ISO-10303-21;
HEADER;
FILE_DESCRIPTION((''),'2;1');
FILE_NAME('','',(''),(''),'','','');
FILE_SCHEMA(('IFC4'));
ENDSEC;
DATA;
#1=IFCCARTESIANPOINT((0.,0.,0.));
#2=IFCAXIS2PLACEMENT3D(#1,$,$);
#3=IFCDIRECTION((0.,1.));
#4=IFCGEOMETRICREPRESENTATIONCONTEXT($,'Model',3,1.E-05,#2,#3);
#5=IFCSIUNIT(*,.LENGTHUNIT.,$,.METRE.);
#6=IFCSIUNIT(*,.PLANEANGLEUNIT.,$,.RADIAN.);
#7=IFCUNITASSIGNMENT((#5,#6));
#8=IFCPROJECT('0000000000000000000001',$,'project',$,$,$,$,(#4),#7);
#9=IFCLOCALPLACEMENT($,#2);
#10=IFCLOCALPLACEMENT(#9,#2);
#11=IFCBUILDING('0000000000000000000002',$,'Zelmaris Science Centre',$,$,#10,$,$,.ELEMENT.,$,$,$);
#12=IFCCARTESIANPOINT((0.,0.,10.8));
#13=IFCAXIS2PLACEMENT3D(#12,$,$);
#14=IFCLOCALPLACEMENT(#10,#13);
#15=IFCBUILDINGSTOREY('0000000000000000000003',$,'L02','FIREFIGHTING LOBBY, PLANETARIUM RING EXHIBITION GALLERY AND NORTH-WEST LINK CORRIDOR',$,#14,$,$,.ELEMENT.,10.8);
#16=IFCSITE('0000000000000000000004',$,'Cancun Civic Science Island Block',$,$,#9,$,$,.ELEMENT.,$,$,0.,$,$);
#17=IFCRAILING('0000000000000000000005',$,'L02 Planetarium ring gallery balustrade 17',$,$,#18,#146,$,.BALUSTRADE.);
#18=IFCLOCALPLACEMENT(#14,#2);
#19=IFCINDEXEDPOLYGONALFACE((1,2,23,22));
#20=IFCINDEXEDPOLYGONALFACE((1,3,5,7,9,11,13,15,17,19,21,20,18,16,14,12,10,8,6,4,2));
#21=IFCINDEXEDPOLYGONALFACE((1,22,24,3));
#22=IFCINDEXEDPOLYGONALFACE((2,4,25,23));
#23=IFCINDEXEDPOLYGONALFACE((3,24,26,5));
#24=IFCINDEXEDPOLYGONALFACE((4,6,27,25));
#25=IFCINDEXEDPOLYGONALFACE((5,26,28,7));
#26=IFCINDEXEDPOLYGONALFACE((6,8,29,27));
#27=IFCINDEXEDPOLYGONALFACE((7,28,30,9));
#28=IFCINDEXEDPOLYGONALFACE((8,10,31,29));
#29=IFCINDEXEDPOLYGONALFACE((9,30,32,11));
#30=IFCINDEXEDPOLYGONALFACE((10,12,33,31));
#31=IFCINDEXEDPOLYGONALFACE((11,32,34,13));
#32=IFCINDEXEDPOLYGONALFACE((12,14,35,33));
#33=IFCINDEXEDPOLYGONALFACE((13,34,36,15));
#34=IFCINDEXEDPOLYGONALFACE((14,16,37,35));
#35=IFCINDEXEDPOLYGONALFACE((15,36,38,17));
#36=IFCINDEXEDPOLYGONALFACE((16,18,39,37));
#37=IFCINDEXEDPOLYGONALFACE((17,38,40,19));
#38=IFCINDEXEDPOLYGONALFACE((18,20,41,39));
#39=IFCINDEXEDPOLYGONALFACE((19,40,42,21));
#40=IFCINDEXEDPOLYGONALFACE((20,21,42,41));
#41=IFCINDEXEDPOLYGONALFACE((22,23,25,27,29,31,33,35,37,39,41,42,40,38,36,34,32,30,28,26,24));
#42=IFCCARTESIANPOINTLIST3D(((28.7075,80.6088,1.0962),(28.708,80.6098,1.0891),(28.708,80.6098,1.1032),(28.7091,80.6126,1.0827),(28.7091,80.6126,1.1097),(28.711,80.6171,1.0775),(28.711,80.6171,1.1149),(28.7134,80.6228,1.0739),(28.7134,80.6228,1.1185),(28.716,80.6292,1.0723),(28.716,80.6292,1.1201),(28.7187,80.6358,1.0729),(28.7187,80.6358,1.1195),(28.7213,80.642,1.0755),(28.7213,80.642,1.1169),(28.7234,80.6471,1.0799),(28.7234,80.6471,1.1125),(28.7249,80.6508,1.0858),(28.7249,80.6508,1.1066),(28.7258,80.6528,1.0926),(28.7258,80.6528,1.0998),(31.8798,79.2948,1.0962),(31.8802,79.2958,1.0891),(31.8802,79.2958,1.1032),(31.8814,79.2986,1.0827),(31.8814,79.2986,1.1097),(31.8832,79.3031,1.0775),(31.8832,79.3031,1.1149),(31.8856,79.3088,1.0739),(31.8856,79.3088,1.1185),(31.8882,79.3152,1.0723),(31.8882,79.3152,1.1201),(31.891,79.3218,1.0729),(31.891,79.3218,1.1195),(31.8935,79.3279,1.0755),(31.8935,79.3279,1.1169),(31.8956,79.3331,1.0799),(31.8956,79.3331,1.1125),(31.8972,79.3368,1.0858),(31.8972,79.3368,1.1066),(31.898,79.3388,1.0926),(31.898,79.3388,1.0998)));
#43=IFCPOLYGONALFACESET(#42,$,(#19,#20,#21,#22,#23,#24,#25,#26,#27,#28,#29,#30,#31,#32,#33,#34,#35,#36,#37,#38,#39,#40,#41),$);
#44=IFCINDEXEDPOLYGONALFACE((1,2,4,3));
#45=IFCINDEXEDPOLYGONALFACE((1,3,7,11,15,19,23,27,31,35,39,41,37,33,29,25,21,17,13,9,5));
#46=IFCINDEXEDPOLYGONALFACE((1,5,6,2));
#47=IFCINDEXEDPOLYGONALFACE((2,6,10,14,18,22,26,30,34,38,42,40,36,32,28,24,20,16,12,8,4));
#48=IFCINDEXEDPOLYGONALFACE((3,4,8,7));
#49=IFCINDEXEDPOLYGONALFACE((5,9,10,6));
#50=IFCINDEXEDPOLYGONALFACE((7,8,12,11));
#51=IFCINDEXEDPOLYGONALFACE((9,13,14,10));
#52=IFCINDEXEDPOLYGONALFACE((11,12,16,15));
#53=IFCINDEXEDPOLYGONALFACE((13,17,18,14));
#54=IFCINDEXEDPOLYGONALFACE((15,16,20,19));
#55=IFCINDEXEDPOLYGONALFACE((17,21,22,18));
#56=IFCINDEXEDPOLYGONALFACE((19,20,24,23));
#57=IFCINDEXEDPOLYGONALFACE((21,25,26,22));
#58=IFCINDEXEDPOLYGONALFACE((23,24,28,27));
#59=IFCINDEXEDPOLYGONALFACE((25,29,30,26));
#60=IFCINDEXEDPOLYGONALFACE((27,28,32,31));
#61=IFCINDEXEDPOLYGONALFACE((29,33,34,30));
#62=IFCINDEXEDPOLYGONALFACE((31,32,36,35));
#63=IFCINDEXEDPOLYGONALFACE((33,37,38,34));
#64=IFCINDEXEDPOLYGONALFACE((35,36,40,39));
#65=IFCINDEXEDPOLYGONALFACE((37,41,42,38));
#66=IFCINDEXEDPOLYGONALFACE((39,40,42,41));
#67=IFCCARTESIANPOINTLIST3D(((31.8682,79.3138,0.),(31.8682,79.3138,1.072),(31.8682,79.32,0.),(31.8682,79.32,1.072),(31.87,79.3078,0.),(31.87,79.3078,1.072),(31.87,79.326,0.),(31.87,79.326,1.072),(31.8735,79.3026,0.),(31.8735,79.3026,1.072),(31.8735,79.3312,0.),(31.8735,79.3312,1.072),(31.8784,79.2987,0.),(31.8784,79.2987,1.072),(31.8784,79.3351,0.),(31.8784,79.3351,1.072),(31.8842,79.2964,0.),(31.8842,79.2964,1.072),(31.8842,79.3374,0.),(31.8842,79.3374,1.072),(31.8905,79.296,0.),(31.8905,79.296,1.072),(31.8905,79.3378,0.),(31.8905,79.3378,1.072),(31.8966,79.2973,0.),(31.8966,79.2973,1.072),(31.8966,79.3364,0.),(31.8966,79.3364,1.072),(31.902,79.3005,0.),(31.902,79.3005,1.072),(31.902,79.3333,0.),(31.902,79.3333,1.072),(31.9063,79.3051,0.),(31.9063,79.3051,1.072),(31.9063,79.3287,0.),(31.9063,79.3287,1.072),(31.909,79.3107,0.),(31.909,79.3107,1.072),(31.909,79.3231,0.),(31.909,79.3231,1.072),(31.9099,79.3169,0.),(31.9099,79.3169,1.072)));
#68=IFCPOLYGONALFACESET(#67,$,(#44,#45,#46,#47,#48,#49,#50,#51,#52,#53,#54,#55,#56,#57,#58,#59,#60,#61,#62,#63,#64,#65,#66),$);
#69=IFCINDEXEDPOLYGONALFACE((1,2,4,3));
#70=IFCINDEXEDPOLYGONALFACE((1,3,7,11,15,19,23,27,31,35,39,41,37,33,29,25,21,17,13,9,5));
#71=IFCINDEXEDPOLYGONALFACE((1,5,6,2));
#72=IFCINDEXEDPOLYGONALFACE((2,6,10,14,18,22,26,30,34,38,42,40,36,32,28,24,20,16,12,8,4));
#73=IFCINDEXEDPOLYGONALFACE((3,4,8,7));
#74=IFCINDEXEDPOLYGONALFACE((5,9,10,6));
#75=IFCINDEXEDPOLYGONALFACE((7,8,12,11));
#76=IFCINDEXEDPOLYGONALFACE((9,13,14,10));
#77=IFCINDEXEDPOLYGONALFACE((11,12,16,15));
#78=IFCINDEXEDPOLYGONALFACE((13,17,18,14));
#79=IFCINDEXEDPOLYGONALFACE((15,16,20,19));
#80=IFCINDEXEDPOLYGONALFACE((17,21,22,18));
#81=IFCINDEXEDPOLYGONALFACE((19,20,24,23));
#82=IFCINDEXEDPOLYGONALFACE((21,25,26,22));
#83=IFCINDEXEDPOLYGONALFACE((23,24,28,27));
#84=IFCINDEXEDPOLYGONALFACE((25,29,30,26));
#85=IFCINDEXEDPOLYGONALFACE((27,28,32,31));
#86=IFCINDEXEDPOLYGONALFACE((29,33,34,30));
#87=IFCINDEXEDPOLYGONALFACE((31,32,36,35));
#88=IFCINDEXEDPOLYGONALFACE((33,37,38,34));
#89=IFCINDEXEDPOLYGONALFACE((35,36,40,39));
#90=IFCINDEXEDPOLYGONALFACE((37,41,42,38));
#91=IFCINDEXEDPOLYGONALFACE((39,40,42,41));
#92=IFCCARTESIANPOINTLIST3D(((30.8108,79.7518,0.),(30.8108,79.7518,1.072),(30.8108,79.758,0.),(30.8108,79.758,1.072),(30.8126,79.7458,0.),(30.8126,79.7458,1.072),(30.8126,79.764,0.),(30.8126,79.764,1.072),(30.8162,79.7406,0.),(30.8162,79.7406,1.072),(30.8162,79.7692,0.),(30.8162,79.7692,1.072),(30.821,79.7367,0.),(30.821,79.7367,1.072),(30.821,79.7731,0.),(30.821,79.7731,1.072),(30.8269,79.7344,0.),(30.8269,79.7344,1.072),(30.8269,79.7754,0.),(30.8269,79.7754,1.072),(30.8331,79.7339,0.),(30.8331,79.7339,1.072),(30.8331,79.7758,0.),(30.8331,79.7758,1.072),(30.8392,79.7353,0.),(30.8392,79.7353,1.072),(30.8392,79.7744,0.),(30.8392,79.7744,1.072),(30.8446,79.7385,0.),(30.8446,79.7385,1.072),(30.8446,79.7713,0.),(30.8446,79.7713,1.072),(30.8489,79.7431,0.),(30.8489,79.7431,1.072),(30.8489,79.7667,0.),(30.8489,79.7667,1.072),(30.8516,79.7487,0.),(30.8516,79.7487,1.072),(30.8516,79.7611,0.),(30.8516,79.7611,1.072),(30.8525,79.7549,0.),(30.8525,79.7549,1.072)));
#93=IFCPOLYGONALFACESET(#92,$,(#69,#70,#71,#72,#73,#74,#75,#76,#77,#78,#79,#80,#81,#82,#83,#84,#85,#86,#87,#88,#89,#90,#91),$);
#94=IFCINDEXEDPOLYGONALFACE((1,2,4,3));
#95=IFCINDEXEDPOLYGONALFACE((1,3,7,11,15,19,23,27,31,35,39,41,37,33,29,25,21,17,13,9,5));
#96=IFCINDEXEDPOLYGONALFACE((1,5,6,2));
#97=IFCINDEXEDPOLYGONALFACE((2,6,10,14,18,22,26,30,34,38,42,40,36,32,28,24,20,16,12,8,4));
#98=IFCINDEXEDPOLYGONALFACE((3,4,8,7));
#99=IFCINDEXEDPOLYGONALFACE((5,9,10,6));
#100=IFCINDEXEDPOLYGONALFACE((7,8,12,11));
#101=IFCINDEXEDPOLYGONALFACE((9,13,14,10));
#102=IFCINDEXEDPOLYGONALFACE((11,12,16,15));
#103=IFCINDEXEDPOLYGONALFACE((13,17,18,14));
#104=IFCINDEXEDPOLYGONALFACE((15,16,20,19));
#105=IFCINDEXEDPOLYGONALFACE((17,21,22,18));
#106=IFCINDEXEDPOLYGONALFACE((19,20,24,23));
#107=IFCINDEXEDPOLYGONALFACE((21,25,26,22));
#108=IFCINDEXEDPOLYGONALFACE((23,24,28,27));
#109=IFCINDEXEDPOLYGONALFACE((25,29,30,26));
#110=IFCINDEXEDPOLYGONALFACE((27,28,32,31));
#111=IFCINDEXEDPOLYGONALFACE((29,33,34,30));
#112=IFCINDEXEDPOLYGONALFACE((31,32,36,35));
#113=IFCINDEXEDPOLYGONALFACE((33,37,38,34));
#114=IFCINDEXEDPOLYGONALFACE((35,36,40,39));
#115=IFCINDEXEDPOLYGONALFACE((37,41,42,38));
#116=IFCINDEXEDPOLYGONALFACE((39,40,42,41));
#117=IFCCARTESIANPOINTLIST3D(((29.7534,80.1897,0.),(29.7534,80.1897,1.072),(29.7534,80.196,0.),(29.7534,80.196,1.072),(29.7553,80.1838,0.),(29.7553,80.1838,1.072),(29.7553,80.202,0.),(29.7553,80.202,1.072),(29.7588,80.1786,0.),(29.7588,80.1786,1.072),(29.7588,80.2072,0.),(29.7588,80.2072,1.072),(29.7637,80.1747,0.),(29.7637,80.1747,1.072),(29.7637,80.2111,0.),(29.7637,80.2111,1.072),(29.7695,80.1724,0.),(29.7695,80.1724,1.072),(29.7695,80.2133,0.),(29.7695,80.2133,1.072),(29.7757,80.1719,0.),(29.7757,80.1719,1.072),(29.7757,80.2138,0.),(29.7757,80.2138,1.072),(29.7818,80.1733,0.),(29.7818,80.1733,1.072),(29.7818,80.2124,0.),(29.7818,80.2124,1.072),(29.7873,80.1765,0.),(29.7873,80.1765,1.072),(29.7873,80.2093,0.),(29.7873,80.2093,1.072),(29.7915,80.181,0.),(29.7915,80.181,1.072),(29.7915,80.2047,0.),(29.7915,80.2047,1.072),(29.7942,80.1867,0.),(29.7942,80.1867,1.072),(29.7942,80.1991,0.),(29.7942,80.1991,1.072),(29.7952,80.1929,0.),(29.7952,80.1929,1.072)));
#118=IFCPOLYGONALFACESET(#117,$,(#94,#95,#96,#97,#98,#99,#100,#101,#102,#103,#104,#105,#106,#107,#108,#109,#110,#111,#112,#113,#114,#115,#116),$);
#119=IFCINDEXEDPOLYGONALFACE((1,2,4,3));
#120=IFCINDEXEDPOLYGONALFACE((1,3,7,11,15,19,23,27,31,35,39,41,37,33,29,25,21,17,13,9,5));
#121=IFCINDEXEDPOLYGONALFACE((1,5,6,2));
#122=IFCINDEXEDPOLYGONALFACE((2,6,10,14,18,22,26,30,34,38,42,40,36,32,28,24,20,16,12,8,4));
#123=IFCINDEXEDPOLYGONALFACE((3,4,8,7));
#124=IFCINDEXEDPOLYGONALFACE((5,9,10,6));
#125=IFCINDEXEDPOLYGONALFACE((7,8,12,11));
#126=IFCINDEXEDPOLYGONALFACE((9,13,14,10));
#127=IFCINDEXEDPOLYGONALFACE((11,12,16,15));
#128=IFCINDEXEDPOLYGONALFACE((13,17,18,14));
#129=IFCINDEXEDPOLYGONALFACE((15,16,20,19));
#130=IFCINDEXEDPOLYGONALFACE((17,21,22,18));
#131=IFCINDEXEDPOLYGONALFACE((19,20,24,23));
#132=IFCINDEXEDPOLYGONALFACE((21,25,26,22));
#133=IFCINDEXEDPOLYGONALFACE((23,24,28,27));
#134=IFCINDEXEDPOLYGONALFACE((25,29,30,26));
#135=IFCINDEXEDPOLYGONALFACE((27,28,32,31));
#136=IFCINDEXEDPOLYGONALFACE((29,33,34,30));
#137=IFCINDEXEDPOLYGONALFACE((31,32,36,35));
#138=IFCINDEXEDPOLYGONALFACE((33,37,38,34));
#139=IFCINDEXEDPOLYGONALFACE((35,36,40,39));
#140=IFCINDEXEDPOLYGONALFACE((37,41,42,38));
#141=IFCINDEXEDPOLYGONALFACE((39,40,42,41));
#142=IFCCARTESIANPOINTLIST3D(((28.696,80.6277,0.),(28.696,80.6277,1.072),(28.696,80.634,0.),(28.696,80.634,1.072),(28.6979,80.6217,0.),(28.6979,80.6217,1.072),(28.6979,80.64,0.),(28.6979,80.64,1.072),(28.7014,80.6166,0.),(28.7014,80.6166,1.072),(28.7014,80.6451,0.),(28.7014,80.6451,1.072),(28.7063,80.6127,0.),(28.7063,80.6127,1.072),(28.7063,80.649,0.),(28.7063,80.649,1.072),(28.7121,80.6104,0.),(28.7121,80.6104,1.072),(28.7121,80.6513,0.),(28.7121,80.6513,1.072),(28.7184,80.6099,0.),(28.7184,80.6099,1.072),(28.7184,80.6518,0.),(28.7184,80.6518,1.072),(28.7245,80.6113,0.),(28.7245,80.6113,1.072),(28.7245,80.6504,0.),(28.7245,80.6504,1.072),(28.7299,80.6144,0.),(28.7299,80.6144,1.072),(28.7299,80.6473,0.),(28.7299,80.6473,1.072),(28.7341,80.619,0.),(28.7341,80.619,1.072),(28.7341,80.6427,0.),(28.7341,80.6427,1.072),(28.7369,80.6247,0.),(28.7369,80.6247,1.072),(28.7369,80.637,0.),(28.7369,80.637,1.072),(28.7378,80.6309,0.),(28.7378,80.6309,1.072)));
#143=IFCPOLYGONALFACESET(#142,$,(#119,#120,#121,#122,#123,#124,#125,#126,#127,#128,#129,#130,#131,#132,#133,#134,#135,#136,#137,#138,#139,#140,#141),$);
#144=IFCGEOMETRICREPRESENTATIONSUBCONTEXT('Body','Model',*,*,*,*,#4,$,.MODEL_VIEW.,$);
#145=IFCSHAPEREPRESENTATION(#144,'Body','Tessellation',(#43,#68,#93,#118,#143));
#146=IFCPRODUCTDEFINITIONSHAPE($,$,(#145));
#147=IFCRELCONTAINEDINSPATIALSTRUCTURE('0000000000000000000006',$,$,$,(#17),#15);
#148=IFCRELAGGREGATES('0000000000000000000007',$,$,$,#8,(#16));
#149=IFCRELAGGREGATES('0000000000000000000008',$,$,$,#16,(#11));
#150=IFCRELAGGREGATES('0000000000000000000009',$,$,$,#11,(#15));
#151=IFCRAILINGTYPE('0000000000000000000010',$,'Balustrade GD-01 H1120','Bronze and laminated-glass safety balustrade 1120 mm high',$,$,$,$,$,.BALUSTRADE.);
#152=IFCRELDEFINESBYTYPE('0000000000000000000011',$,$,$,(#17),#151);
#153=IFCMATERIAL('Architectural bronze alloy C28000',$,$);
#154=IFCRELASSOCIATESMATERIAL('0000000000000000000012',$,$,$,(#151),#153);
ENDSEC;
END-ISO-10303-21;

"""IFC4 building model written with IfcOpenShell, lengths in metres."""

from ifc_helpers import new_model, si_unit, direction, frame, origin, origin_2d, place, context, subcontext, project, spatial, circle, extrude, material, type_object, element, save


model = new_model("IFC4")

# Units and contexts
model_context = context("Model", 3, precision=1e-05, world=origin(), true_north=direction((0.0, 1.0)))
body_context = subcontext(model_context, "Body", "Model", "MODEL_VIEW")
ifc_project = project(units=[si_unit("LENGTHUNIT", "METRE"), si_unit("PLANEANGLEUNIT", "RADIAN")], contexts=[model_context])

# Site, building, storey
site_placement = place(None, origin())
site = spatial("IfcSite", under=ifc_project, at=site_placement, Name="Cancun Civic Science Island Block", CompositionType="ELEMENT", RefElevation=0.0)
building_placement = place(site_placement, origin())
building = spatial("IfcBuilding", under=site, at=building_placement, Name="Zelmaris Science Centre", CompositionType="ELEMENT")
storey_placement = place(building_placement, frame((0.0, 0.0, 10.8)))
storey = spatial("IfcBuildingStorey", under=building, at=storey_placement, Name="L02", Description="FIREFIGHTING LOBBY, PLANETARIUM RING EXHIBITION GALLERY AND NORTH-WEST LINK CORRIDOR", CompositionType="ELEMENT", Elevation=10.8)

# Railing
ifc_material_1 = material(Name="Architectural bronze alloy C28000")
railing_type = type_object("IfcRailingType", Name="Balustrade GD-01 H1120", Description="Bronze and laminated-glass safety balustrade 1120 mm high", PredefinedType="BALUSTRADE", material=ifc_material_1)
railing_1_placement = place(storey_placement, frame((31.8889, 79.3169, 0.0)))
element("IfcRailing", 1, at=railing_1_placement, inside=storey, type_object=railing_type, Name="L02 Planetarium ring gallery balustrade 17", PredefinedType="BALUSTRADE", context=body_context, shape_type="SweptSolid", body=[
    extrude(circle(Radius=0.0239, at=origin_2d()), frame((0.0, 0.0, 1.0962), z_axis=(-0.923876, 0.382691, 0.0), x_axis=(-0.382691, -0.923876, 0.0)), (0.0, 0.0, 1.0), 3.4336),
    extrude(circle(Radius=0.021, at=origin_2d()), origin(), (0.0, 0.0, 1.0), 1.072),
    extrude(circle(Radius=0.021, at=origin_2d()), frame((-1.0574, 0.438, 0.0)), (0.0, 0.0, 1.0), 1.072),
    extrude(circle(Radius=0.021, at=origin_2d()), frame((-2.1147, 0.876, 0.0)), (0.0, 0.0, 1.0), 1.072),
    extrude(circle(Radius=0.021, at=origin_2d()), frame((-3.1721, 1.314, 0.0)), (0.0, 0.0, 1.0), 1.072),
])

save(model, "model.ifc")
